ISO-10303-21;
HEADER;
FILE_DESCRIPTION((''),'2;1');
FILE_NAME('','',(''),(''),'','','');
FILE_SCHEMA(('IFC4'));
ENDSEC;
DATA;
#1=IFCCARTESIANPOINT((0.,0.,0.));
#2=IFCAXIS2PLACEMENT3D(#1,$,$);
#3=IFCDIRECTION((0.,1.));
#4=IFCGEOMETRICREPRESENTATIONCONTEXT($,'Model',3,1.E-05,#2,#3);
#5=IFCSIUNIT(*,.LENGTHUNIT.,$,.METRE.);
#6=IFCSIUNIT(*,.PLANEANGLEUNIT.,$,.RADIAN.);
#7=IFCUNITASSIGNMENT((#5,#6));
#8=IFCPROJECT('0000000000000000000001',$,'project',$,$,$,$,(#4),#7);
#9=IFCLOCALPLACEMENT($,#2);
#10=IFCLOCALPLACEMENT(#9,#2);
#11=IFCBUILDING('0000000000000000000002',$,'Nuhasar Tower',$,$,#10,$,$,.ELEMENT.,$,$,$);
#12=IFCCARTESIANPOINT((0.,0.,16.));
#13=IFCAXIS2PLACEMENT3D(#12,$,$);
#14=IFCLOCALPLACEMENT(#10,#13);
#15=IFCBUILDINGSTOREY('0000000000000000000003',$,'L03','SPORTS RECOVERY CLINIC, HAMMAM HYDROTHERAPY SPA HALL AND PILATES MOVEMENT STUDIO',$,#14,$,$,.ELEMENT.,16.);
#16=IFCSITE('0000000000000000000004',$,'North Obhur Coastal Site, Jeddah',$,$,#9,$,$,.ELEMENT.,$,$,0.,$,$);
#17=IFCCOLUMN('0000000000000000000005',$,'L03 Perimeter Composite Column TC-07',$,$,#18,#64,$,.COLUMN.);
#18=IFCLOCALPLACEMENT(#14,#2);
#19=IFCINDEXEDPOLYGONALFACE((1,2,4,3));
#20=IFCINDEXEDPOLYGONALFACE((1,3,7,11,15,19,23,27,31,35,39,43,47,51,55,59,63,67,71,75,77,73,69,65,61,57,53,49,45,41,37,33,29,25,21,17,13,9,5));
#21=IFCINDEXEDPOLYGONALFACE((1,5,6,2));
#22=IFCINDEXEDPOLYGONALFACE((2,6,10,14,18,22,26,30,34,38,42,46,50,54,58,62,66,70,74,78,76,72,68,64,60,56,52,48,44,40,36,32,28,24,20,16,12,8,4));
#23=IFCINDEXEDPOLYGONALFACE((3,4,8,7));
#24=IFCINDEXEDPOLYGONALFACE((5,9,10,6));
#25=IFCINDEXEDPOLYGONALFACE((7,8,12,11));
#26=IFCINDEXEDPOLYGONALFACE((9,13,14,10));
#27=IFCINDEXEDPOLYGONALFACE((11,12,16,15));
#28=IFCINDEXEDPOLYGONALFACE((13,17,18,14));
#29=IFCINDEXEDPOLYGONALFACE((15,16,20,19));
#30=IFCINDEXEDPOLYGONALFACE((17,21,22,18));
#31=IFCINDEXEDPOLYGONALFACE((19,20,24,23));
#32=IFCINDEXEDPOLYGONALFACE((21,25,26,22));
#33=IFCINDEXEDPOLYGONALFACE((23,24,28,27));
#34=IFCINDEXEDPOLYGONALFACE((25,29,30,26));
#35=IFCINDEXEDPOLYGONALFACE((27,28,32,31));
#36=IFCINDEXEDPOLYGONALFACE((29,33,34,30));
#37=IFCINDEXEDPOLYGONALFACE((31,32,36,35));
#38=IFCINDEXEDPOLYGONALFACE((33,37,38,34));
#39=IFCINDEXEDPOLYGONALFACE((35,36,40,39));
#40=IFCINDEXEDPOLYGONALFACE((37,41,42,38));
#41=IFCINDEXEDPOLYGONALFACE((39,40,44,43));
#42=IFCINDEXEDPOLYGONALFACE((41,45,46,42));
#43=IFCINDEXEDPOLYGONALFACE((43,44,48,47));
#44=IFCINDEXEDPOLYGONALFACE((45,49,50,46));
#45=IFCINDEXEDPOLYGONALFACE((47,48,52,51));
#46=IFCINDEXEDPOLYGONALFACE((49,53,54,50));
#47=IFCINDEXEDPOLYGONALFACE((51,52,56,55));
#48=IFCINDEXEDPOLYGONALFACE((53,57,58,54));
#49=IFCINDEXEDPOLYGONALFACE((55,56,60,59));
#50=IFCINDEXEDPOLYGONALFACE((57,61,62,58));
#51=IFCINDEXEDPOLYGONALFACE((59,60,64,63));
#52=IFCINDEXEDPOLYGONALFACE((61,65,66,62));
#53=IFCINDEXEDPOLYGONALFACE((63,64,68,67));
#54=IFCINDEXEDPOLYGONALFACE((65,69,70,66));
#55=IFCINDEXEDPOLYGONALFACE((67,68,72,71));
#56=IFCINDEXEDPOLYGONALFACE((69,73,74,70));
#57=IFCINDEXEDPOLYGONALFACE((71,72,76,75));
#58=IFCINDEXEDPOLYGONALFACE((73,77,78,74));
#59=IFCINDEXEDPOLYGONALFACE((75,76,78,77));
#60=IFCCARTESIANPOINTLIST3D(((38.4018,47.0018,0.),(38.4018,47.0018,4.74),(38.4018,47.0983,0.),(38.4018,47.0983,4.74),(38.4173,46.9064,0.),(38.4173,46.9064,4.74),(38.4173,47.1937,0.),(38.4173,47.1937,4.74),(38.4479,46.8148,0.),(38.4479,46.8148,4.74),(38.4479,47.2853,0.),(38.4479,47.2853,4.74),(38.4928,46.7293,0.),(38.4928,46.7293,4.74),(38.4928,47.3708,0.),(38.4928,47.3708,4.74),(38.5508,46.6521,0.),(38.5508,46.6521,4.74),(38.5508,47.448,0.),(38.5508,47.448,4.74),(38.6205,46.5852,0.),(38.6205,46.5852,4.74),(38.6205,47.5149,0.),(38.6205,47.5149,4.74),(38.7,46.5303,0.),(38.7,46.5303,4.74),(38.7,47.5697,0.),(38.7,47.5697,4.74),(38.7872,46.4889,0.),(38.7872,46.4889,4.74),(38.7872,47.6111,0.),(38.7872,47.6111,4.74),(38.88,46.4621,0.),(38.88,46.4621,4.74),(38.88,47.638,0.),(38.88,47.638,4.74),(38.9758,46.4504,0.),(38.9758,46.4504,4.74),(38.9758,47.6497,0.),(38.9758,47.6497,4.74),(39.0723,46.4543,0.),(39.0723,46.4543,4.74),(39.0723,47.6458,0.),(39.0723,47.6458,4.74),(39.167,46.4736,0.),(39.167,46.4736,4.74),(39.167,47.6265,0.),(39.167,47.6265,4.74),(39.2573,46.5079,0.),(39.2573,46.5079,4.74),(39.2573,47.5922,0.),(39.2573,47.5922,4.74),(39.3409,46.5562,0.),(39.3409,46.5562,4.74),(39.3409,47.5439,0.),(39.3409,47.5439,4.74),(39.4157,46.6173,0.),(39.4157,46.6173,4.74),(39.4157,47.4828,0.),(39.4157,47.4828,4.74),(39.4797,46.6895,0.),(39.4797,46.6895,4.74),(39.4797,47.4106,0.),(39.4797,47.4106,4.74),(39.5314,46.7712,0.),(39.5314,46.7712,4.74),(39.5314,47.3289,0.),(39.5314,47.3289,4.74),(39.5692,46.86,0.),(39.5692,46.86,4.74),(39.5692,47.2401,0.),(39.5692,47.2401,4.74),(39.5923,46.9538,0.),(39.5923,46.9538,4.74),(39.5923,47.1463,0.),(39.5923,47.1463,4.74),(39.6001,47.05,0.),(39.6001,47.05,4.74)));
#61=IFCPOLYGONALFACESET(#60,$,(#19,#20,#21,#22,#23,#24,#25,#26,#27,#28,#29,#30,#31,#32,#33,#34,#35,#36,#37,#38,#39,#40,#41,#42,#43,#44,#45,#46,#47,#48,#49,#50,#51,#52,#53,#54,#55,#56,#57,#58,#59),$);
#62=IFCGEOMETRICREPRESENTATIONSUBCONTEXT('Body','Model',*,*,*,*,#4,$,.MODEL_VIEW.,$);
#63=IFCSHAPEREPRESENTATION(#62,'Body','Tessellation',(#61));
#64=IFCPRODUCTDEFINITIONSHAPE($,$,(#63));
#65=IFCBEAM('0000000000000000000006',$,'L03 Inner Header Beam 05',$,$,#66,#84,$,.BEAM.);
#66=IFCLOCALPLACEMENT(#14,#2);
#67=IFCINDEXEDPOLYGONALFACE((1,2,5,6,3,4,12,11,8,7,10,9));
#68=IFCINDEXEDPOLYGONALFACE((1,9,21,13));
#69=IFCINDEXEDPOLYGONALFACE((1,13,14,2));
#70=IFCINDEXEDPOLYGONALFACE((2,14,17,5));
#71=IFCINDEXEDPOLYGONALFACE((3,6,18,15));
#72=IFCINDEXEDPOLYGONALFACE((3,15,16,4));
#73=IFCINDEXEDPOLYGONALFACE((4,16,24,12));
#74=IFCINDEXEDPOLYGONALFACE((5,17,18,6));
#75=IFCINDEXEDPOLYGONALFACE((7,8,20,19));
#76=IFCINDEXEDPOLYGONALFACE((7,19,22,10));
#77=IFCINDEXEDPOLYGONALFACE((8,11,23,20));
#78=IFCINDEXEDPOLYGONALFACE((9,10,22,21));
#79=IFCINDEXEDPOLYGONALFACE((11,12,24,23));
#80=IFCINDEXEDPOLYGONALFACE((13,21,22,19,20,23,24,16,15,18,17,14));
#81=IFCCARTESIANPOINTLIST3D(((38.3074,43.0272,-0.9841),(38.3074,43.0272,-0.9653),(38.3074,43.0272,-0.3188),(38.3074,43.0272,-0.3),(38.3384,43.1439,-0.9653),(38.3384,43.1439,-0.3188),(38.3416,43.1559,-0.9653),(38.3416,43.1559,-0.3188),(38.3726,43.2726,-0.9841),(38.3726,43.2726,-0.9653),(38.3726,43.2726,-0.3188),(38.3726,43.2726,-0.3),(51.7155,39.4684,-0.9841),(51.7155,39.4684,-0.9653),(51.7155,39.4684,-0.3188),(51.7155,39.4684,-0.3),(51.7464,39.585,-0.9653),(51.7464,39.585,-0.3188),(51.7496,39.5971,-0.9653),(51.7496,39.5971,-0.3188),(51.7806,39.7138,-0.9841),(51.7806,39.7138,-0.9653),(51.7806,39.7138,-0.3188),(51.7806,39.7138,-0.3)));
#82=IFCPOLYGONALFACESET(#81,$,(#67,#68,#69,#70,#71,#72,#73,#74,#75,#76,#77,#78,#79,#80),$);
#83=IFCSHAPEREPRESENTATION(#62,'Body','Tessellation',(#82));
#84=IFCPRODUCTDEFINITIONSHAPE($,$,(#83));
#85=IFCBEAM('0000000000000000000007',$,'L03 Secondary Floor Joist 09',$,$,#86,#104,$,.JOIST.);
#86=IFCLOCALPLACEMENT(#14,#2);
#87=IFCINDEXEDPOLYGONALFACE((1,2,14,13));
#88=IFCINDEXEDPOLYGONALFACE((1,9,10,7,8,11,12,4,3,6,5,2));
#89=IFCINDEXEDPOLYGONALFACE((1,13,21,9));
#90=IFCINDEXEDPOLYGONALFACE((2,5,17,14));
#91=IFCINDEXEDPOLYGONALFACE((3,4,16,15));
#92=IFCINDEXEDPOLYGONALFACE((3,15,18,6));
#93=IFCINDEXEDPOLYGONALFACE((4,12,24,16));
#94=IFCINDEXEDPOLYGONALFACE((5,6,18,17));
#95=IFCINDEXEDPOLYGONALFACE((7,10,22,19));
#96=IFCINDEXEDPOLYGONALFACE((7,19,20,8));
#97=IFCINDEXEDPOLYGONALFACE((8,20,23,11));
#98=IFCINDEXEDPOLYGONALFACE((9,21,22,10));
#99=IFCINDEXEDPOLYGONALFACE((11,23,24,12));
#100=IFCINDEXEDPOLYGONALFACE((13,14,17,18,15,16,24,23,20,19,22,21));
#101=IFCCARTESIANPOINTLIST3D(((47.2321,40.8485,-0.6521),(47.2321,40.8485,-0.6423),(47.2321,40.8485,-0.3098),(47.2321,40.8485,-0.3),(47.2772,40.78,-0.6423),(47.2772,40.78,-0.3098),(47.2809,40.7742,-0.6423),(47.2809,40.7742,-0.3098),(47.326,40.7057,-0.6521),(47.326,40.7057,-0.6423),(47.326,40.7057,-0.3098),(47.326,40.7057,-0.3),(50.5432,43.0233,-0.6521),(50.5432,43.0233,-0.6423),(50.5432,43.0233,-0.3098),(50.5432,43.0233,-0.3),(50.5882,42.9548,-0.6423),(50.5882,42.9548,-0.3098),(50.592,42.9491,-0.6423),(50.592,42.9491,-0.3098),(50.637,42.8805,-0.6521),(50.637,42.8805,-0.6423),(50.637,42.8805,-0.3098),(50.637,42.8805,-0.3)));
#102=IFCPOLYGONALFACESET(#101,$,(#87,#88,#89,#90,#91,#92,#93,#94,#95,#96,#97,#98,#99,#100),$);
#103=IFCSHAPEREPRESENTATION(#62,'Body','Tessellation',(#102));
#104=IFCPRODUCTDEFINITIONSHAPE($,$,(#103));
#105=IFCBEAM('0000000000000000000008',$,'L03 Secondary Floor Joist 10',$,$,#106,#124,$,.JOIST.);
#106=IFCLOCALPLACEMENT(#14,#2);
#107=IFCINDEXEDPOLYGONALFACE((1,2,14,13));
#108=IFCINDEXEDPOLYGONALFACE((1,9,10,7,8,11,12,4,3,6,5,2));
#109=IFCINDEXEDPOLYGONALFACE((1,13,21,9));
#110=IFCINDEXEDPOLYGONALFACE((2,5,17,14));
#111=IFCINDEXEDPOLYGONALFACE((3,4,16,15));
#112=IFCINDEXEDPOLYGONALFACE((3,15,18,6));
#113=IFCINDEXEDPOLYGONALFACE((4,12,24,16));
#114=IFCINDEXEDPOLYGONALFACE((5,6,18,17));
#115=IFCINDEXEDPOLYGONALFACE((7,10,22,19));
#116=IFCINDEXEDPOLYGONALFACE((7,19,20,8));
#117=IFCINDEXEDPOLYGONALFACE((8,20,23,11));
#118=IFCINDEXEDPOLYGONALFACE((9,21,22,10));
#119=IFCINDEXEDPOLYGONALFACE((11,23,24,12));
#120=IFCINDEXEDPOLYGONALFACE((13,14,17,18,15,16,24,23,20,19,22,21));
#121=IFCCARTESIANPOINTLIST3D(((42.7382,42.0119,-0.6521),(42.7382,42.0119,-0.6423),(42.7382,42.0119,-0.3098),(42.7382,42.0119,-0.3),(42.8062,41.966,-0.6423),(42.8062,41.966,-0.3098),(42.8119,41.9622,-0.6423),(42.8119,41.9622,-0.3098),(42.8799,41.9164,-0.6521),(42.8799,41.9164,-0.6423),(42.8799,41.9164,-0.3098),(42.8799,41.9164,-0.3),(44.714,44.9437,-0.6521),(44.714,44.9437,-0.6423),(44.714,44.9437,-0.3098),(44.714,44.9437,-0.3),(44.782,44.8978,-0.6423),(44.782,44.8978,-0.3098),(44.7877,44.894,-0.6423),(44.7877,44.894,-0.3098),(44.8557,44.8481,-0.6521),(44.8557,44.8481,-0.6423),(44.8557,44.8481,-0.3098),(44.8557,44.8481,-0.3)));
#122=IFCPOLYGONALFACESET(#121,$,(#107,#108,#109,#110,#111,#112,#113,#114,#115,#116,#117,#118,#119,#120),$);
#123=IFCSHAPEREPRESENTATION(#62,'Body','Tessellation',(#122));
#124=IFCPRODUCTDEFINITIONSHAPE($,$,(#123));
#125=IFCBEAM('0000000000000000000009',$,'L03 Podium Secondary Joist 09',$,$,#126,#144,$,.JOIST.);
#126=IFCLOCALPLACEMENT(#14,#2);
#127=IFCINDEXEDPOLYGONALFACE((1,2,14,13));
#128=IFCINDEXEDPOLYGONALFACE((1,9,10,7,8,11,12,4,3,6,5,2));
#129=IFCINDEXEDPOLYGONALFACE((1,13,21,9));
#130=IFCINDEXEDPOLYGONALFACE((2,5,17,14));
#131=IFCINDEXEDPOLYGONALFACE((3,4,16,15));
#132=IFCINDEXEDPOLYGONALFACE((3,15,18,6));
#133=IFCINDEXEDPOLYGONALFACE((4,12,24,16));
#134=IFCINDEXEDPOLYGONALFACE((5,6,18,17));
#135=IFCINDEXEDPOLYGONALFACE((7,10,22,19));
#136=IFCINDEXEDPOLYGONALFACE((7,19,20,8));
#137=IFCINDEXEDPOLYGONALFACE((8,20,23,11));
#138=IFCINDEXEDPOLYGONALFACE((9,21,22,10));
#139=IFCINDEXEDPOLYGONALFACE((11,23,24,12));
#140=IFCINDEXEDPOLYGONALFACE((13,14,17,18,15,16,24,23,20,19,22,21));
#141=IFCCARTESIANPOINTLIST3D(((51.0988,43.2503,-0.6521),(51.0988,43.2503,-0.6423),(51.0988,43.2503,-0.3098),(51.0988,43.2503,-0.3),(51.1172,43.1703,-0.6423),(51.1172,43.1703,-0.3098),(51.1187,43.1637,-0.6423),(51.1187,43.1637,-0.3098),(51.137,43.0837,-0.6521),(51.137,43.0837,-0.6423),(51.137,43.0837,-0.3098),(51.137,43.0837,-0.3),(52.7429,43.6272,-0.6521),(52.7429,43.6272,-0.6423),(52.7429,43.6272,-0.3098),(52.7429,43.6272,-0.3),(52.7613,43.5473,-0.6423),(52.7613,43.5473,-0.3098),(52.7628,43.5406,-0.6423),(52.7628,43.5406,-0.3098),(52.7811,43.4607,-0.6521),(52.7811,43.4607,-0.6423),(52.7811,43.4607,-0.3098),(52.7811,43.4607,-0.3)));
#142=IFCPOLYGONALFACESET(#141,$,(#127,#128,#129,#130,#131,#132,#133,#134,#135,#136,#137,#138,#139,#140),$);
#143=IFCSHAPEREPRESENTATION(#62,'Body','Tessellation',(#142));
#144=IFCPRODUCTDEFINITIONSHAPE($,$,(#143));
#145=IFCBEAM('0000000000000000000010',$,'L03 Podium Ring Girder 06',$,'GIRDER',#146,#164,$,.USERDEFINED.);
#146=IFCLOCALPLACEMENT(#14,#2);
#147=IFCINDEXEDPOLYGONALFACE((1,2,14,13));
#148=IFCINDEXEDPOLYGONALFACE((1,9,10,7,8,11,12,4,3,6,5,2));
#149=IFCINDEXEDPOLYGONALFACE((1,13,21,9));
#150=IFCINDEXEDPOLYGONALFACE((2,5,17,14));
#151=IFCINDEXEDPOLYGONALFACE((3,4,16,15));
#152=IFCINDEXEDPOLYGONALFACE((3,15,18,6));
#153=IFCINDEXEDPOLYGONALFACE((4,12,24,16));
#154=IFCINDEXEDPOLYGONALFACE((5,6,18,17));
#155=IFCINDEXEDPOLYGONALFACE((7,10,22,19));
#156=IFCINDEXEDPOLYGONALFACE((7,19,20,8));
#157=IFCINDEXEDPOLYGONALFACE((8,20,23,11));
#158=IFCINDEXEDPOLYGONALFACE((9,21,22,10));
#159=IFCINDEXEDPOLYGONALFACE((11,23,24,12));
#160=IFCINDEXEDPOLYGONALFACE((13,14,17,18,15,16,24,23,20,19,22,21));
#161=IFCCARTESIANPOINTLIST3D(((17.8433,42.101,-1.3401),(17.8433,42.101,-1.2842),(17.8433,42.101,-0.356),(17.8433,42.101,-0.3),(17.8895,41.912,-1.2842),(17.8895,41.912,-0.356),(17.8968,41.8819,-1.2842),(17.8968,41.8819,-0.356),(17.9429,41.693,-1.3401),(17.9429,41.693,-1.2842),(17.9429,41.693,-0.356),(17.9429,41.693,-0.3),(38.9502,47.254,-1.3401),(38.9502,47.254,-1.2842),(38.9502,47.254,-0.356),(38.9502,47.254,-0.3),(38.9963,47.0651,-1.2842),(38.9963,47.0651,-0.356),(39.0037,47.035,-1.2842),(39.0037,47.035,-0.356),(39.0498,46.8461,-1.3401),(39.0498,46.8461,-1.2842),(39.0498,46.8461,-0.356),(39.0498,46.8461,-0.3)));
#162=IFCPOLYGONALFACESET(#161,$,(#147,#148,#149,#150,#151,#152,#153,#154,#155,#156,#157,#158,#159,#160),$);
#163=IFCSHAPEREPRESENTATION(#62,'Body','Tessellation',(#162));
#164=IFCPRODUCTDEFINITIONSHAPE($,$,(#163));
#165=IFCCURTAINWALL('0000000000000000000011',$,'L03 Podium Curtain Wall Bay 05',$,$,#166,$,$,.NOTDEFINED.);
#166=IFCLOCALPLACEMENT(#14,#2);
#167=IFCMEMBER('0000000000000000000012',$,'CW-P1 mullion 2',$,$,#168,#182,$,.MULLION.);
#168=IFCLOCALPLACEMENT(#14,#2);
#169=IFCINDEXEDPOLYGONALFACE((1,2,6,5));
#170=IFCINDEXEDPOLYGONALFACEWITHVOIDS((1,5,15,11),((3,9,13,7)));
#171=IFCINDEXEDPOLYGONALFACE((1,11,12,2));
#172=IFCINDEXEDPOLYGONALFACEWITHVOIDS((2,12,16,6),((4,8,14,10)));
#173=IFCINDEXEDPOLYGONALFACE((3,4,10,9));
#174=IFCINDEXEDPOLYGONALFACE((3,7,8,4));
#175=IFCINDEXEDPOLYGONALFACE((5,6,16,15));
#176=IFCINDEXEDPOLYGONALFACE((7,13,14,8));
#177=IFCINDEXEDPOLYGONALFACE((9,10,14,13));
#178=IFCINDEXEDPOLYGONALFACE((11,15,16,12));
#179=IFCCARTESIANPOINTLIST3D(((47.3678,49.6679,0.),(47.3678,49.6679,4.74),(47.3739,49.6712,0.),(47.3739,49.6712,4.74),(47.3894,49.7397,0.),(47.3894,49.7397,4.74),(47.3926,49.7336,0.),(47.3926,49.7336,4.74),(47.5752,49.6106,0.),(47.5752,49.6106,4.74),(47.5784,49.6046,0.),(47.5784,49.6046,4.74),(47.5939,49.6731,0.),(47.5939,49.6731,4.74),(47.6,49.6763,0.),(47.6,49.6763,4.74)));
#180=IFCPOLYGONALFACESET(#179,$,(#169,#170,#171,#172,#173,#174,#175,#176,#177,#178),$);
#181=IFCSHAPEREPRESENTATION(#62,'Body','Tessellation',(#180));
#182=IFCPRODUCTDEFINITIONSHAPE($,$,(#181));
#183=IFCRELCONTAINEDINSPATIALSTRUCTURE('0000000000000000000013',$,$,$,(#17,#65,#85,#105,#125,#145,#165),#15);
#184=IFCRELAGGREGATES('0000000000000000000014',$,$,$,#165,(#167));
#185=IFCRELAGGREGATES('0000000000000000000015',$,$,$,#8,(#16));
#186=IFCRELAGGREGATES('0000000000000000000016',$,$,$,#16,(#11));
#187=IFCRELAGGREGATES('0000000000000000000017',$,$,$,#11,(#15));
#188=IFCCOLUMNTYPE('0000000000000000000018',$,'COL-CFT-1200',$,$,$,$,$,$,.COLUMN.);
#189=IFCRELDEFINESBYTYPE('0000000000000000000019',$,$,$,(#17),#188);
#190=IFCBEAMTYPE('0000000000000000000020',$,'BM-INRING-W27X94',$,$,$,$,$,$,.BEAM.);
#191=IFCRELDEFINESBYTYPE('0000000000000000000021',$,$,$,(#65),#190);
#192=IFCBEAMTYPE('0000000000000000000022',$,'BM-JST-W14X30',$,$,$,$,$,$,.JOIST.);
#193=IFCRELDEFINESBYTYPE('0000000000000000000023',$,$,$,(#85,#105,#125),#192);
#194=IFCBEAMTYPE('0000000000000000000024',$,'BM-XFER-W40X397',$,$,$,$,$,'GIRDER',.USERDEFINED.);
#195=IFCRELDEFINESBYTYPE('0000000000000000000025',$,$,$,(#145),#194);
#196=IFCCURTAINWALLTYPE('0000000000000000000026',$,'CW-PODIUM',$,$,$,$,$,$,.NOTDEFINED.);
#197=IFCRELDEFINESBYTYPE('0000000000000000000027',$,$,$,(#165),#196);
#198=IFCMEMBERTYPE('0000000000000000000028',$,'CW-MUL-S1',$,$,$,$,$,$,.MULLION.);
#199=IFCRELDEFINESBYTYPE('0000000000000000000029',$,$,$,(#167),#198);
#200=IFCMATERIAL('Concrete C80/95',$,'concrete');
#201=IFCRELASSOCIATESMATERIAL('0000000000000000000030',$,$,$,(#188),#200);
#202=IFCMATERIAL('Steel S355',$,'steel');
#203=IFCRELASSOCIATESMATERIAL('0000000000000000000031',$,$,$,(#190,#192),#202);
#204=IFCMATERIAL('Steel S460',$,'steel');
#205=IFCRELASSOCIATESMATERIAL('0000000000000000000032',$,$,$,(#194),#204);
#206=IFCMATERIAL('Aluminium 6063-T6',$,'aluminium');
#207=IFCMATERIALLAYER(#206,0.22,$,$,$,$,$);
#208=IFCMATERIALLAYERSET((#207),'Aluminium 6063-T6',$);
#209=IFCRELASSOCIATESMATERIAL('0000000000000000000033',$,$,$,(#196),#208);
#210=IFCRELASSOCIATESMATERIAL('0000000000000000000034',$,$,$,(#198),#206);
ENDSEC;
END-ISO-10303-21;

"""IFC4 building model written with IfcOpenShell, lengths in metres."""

from ifc_helpers import new_model, si_unit, direction, frame, origin, origin_2d, place, context, subcontext, project, spatial, hollow_rectangle, circle, i_section, extrude, material, layer, layer_set, material_profile, profile_set, type_object, element, aggregate, save


model = new_model("IFC4")

# Units and contexts
model_context = context("Model", 3, precision=1e-05, world=origin(), true_north=direction((0.0, 1.0)))
body_context = subcontext(model_context, "Body", "Model", "MODEL_VIEW")
ifc_project = project(units=[si_unit("LENGTHUNIT", "METRE"), si_unit("PLANEANGLEUNIT", "RADIAN")], contexts=[model_context])

# Site, building, storey
site_placement = place(None, origin())
site = spatial("IfcSite", under=ifc_project, at=site_placement, Name="North Obhur Coastal Site, Jeddah", CompositionType="ELEMENT", RefElevation=0.0)
building_placement = place(site_placement, origin())
building = spatial("IfcBuilding", under=site, at=building_placement, Name="Nuhasar Tower", CompositionType="ELEMENT")
storey_placement = place(building_placement, frame((0.0, 0.0, 16.0)))
storey = spatial("IfcBuildingStorey", under=building, at=storey_placement, Name="L03", Description="SPORTS RECOVERY CLINIC, HAMMAM HYDROTHERAPY SPA HALL AND PILATES MOVEMENT STUDIO", CompositionType="ELEMENT", Elevation=16.0)

# Column
ifc_material_1 = material(Name="Concrete C80/95", Category="concrete")
ifc_material_profile_1 = material_profile(ifc_material_1, circle(Radius=0.6001, at=origin_2d()), Name="CFT1200")
ifc_profile_set_1 = profile_set([ifc_material_profile_1], Name="Concrete C80/95")
column_type = type_object("IfcColumnType", Name="COL-CFT-1200", PredefinedType="COLUMN", material=ifc_profile_set_1)
column_placement = place(storey_placement, frame((39.0, 47.05, 0.0), z_axis=(0.0, 0.0, 1.0), x_axis=(1.0, 0.0, 0.0)))
element("IfcColumn", 1, at=column_placement, inside=storey, type_object=column_type, Name="L03 Perimeter Composite Column TC-07", PredefinedType="COLUMN", context=body_context, shape_type="SweptSolid", body=[
    extrude(circle(Radius=0.6001, at=origin_2d()), origin(), (0.0, 0.0, 1.0), 4.74),
])

# Beams
ifc_material_2 = material(Name="Steel S355", Category="steel")
ifc_material_profile_2 = material_profile(ifc_material_2, i_section(OverallWidth=0.2539, OverallDepth=0.6841, WebThickness=0.0125, FlangeThickness=0.0188, at=origin_2d()), Name="W27X94")
ifc_profile_set_2 = profile_set([ifc_material_profile_2], Name="Steel S355")
beam_type_1 = type_object("IfcBeamType", Name="BM-INRING-W27X94", PredefinedType="BEAM", material=ifc_profile_set_2)
beam_1_placement = place(storey_placement, frame((51.748, 39.5911, -0.6421), z_axis=(-0.966533, 0.256544, 0.0), x_axis=(-0.256544, -0.966533, 0.0)))
element("IfcBeam", 2, at=beam_1_placement, inside=storey, type_object=beam_type_1, Name="L03 Inner Header Beam 05", PredefinedType="BEAM", context=body_context, shape_type="SweptSolid", body=[
    extrude(i_section(OverallWidth=0.2539, OverallDepth=0.6841, WebThickness=0.0125, FlangeThickness=0.0188, at=origin_2d()), origin(), (0.0, 0.0, 1.0), 13.8723),
])
ifc_material_profile_3 = material_profile(ifc_material_2, i_section(OverallWidth=0.1709, OverallDepth=0.3521, WebThickness=0.0068, FlangeThickness=0.0098, at=origin_2d()), Name="W14X30")
ifc_profile_set_3 = profile_set([ifc_material_profile_3], Name="Steel S355")
beam_type_2 = type_object("IfcBeamType", Name="BM-JST-W14X30", PredefinedType="JOIST", material=ifc_profile_set_3)
beam_2_placement = place(storey_placement, frame((47.2791, 40.7771, -0.4761), z_axis=(0.835823, 0.548998, 0.0), x_axis=(-0.548998, 0.835823, 0.0)))
element("IfcBeam", 3, at=beam_2_placement, inside=storey, type_object=beam_type_2, Name="L03 Secondary Floor Joist 09", PredefinedType="JOIST", context=body_context, shape_type="SweptSolid", body=[
    extrude(i_section(OverallWidth=0.1709, OverallDepth=0.3521, WebThickness=0.0068, FlangeThickness=0.0098, at=origin_2d()), origin(), (0.0, 0.0, 1.0), 3.9614),
])
beam_3_placement = place(storey_placement, frame((42.8091, 41.9641, -0.4761), z_axis=(0.558852, 0.829267, 0.0), x_axis=(-0.829267, 0.558852, 0.0)))
element("IfcBeam", 4, at=beam_3_placement, inside=storey, type_object=beam_type_2, Name="L03 Secondary Floor Joist 10", PredefinedType="JOIST", context=body_context, shape_type="SweptSolid", body=[
    extrude(i_section(OverallWidth=0.1709, OverallDepth=0.3521, WebThickness=0.0068, FlangeThickness=0.0098, at=origin_2d()), origin(), (0.0, 0.0, 1.0), 3.5354),
])
beam_4_placement = place(storey_placement, frame((51.1179, 43.167, -0.4761), z_axis=(0.974707, 0.223485, 0.0), x_axis=(-0.223485, 0.974707, 0.0)))
element("IfcBeam", 5, at=beam_4_placement, inside=storey, type_object=beam_type_2, Name="L03 Podium Secondary Joist 09", PredefinedType="JOIST", context=body_context, shape_type="SweptSolid", body=[
    extrude(i_section(OverallWidth=0.1709, OverallDepth=0.3521, WebThickness=0.0068, FlangeThickness=0.0098, at=origin_2d()), origin(), (0.0, 0.0, 1.0), 1.6868),
])
ifc_material_3 = material(Name="Steel S460", Category="steel")
ifc_material_profile_4 = material_profile(ifc_material_3, i_section(OverallWidth=0.4199, OverallDepth=1.04, WebThickness=0.031, FlangeThickness=0.0559, at=origin_2d()), Name="W40X397")
ifc_profile_set_4 = profile_set([ifc_material_profile_4], Name="Steel S460")
beam_type_3 = type_object("IfcBeamType", Name="BM-XFER-W40X397", ElementType="GIRDER", PredefinedType="USERDEFINED", material=ifc_profile_set_4)
beam_5_placement = place(storey_placement, frame((39.0, 47.05, -0.8201), z_axis=(-0.971467, -0.237175, 0.0), x_axis=(0.237175, -0.971467, 0.0)))
element("IfcBeam", 6, at=beam_5_placement, inside=storey, type_object=beam_type_3, Name="L03 Podium Ring Girder 06", ObjectType="GIRDER", PredefinedType="USERDEFINED", context=body_context, shape_type="SweptSolid", body=[
    extrude(i_section(OverallWidth=0.4199, OverallDepth=1.04, WebThickness=0.031, FlangeThickness=0.0559, at=origin_2d()), origin(), (0.0, 0.0, 1.0), 21.7268),
])

# Curtain wall, member
ifc_material_4 = material(Name="Aluminium 6063-T6", Category="aluminium")
ifc_layer_1 = layer(ifc_material_4, 0.22)
ifc_layer_set_1 = layer_set([ifc_layer_1], Name="Aluminium 6063-T6")
curtain_wall_type = type_object("IfcCurtainWallType", Name="CW-PODIUM", PredefinedType="NOTDEFINED", material=ifc_layer_set_1)
curtain_wall_1_placement = place(storey_placement, origin())
curtain_wall_1 = element("IfcCurtainWall", 7, at=curtain_wall_1_placement, inside=storey, type_object=curtain_wall_type, Name="L03 Podium Curtain Wall Bay 05", PredefinedType="NOTDEFINED")
ifc_material_profile_5 = material_profile(ifc_material_4, hollow_rectangle(XDim=0.075, YDim=0.22, WallThickness=0.0049, at=origin_2d()), Name="CWM-1")
ifc_profile_set_5 = profile_set([ifc_material_profile_5], Name="Aluminium 6063-T6")
member_type_1 = type_object("IfcMemberType", Name="CW-MUL-S1", PredefinedType="MULLION", material=ifc_profile_set_5)
member_1_placement = place(storey_placement, frame((47.4839, 49.6721, 0.0), z_axis=(0.0, 0.0, 1.0), x_axis=(-0.287951, -0.957645, 0.0)))
member_1 = element("IfcMember", 8, at=member_1_placement, type_object=member_type_1, Name="CW-P1 mullion 2", PredefinedType="MULLION", context=body_context, shape_type="SweptSolid", body=[
    extrude(hollow_rectangle(XDim=0.075, YDim=0.22, WallThickness=0.0049, at=origin_2d()), origin(), (0.0, 0.0, 1.0), 4.74),
])

aggregate(curtain_wall_1, [member_1])

save(model, "model.ifc")
